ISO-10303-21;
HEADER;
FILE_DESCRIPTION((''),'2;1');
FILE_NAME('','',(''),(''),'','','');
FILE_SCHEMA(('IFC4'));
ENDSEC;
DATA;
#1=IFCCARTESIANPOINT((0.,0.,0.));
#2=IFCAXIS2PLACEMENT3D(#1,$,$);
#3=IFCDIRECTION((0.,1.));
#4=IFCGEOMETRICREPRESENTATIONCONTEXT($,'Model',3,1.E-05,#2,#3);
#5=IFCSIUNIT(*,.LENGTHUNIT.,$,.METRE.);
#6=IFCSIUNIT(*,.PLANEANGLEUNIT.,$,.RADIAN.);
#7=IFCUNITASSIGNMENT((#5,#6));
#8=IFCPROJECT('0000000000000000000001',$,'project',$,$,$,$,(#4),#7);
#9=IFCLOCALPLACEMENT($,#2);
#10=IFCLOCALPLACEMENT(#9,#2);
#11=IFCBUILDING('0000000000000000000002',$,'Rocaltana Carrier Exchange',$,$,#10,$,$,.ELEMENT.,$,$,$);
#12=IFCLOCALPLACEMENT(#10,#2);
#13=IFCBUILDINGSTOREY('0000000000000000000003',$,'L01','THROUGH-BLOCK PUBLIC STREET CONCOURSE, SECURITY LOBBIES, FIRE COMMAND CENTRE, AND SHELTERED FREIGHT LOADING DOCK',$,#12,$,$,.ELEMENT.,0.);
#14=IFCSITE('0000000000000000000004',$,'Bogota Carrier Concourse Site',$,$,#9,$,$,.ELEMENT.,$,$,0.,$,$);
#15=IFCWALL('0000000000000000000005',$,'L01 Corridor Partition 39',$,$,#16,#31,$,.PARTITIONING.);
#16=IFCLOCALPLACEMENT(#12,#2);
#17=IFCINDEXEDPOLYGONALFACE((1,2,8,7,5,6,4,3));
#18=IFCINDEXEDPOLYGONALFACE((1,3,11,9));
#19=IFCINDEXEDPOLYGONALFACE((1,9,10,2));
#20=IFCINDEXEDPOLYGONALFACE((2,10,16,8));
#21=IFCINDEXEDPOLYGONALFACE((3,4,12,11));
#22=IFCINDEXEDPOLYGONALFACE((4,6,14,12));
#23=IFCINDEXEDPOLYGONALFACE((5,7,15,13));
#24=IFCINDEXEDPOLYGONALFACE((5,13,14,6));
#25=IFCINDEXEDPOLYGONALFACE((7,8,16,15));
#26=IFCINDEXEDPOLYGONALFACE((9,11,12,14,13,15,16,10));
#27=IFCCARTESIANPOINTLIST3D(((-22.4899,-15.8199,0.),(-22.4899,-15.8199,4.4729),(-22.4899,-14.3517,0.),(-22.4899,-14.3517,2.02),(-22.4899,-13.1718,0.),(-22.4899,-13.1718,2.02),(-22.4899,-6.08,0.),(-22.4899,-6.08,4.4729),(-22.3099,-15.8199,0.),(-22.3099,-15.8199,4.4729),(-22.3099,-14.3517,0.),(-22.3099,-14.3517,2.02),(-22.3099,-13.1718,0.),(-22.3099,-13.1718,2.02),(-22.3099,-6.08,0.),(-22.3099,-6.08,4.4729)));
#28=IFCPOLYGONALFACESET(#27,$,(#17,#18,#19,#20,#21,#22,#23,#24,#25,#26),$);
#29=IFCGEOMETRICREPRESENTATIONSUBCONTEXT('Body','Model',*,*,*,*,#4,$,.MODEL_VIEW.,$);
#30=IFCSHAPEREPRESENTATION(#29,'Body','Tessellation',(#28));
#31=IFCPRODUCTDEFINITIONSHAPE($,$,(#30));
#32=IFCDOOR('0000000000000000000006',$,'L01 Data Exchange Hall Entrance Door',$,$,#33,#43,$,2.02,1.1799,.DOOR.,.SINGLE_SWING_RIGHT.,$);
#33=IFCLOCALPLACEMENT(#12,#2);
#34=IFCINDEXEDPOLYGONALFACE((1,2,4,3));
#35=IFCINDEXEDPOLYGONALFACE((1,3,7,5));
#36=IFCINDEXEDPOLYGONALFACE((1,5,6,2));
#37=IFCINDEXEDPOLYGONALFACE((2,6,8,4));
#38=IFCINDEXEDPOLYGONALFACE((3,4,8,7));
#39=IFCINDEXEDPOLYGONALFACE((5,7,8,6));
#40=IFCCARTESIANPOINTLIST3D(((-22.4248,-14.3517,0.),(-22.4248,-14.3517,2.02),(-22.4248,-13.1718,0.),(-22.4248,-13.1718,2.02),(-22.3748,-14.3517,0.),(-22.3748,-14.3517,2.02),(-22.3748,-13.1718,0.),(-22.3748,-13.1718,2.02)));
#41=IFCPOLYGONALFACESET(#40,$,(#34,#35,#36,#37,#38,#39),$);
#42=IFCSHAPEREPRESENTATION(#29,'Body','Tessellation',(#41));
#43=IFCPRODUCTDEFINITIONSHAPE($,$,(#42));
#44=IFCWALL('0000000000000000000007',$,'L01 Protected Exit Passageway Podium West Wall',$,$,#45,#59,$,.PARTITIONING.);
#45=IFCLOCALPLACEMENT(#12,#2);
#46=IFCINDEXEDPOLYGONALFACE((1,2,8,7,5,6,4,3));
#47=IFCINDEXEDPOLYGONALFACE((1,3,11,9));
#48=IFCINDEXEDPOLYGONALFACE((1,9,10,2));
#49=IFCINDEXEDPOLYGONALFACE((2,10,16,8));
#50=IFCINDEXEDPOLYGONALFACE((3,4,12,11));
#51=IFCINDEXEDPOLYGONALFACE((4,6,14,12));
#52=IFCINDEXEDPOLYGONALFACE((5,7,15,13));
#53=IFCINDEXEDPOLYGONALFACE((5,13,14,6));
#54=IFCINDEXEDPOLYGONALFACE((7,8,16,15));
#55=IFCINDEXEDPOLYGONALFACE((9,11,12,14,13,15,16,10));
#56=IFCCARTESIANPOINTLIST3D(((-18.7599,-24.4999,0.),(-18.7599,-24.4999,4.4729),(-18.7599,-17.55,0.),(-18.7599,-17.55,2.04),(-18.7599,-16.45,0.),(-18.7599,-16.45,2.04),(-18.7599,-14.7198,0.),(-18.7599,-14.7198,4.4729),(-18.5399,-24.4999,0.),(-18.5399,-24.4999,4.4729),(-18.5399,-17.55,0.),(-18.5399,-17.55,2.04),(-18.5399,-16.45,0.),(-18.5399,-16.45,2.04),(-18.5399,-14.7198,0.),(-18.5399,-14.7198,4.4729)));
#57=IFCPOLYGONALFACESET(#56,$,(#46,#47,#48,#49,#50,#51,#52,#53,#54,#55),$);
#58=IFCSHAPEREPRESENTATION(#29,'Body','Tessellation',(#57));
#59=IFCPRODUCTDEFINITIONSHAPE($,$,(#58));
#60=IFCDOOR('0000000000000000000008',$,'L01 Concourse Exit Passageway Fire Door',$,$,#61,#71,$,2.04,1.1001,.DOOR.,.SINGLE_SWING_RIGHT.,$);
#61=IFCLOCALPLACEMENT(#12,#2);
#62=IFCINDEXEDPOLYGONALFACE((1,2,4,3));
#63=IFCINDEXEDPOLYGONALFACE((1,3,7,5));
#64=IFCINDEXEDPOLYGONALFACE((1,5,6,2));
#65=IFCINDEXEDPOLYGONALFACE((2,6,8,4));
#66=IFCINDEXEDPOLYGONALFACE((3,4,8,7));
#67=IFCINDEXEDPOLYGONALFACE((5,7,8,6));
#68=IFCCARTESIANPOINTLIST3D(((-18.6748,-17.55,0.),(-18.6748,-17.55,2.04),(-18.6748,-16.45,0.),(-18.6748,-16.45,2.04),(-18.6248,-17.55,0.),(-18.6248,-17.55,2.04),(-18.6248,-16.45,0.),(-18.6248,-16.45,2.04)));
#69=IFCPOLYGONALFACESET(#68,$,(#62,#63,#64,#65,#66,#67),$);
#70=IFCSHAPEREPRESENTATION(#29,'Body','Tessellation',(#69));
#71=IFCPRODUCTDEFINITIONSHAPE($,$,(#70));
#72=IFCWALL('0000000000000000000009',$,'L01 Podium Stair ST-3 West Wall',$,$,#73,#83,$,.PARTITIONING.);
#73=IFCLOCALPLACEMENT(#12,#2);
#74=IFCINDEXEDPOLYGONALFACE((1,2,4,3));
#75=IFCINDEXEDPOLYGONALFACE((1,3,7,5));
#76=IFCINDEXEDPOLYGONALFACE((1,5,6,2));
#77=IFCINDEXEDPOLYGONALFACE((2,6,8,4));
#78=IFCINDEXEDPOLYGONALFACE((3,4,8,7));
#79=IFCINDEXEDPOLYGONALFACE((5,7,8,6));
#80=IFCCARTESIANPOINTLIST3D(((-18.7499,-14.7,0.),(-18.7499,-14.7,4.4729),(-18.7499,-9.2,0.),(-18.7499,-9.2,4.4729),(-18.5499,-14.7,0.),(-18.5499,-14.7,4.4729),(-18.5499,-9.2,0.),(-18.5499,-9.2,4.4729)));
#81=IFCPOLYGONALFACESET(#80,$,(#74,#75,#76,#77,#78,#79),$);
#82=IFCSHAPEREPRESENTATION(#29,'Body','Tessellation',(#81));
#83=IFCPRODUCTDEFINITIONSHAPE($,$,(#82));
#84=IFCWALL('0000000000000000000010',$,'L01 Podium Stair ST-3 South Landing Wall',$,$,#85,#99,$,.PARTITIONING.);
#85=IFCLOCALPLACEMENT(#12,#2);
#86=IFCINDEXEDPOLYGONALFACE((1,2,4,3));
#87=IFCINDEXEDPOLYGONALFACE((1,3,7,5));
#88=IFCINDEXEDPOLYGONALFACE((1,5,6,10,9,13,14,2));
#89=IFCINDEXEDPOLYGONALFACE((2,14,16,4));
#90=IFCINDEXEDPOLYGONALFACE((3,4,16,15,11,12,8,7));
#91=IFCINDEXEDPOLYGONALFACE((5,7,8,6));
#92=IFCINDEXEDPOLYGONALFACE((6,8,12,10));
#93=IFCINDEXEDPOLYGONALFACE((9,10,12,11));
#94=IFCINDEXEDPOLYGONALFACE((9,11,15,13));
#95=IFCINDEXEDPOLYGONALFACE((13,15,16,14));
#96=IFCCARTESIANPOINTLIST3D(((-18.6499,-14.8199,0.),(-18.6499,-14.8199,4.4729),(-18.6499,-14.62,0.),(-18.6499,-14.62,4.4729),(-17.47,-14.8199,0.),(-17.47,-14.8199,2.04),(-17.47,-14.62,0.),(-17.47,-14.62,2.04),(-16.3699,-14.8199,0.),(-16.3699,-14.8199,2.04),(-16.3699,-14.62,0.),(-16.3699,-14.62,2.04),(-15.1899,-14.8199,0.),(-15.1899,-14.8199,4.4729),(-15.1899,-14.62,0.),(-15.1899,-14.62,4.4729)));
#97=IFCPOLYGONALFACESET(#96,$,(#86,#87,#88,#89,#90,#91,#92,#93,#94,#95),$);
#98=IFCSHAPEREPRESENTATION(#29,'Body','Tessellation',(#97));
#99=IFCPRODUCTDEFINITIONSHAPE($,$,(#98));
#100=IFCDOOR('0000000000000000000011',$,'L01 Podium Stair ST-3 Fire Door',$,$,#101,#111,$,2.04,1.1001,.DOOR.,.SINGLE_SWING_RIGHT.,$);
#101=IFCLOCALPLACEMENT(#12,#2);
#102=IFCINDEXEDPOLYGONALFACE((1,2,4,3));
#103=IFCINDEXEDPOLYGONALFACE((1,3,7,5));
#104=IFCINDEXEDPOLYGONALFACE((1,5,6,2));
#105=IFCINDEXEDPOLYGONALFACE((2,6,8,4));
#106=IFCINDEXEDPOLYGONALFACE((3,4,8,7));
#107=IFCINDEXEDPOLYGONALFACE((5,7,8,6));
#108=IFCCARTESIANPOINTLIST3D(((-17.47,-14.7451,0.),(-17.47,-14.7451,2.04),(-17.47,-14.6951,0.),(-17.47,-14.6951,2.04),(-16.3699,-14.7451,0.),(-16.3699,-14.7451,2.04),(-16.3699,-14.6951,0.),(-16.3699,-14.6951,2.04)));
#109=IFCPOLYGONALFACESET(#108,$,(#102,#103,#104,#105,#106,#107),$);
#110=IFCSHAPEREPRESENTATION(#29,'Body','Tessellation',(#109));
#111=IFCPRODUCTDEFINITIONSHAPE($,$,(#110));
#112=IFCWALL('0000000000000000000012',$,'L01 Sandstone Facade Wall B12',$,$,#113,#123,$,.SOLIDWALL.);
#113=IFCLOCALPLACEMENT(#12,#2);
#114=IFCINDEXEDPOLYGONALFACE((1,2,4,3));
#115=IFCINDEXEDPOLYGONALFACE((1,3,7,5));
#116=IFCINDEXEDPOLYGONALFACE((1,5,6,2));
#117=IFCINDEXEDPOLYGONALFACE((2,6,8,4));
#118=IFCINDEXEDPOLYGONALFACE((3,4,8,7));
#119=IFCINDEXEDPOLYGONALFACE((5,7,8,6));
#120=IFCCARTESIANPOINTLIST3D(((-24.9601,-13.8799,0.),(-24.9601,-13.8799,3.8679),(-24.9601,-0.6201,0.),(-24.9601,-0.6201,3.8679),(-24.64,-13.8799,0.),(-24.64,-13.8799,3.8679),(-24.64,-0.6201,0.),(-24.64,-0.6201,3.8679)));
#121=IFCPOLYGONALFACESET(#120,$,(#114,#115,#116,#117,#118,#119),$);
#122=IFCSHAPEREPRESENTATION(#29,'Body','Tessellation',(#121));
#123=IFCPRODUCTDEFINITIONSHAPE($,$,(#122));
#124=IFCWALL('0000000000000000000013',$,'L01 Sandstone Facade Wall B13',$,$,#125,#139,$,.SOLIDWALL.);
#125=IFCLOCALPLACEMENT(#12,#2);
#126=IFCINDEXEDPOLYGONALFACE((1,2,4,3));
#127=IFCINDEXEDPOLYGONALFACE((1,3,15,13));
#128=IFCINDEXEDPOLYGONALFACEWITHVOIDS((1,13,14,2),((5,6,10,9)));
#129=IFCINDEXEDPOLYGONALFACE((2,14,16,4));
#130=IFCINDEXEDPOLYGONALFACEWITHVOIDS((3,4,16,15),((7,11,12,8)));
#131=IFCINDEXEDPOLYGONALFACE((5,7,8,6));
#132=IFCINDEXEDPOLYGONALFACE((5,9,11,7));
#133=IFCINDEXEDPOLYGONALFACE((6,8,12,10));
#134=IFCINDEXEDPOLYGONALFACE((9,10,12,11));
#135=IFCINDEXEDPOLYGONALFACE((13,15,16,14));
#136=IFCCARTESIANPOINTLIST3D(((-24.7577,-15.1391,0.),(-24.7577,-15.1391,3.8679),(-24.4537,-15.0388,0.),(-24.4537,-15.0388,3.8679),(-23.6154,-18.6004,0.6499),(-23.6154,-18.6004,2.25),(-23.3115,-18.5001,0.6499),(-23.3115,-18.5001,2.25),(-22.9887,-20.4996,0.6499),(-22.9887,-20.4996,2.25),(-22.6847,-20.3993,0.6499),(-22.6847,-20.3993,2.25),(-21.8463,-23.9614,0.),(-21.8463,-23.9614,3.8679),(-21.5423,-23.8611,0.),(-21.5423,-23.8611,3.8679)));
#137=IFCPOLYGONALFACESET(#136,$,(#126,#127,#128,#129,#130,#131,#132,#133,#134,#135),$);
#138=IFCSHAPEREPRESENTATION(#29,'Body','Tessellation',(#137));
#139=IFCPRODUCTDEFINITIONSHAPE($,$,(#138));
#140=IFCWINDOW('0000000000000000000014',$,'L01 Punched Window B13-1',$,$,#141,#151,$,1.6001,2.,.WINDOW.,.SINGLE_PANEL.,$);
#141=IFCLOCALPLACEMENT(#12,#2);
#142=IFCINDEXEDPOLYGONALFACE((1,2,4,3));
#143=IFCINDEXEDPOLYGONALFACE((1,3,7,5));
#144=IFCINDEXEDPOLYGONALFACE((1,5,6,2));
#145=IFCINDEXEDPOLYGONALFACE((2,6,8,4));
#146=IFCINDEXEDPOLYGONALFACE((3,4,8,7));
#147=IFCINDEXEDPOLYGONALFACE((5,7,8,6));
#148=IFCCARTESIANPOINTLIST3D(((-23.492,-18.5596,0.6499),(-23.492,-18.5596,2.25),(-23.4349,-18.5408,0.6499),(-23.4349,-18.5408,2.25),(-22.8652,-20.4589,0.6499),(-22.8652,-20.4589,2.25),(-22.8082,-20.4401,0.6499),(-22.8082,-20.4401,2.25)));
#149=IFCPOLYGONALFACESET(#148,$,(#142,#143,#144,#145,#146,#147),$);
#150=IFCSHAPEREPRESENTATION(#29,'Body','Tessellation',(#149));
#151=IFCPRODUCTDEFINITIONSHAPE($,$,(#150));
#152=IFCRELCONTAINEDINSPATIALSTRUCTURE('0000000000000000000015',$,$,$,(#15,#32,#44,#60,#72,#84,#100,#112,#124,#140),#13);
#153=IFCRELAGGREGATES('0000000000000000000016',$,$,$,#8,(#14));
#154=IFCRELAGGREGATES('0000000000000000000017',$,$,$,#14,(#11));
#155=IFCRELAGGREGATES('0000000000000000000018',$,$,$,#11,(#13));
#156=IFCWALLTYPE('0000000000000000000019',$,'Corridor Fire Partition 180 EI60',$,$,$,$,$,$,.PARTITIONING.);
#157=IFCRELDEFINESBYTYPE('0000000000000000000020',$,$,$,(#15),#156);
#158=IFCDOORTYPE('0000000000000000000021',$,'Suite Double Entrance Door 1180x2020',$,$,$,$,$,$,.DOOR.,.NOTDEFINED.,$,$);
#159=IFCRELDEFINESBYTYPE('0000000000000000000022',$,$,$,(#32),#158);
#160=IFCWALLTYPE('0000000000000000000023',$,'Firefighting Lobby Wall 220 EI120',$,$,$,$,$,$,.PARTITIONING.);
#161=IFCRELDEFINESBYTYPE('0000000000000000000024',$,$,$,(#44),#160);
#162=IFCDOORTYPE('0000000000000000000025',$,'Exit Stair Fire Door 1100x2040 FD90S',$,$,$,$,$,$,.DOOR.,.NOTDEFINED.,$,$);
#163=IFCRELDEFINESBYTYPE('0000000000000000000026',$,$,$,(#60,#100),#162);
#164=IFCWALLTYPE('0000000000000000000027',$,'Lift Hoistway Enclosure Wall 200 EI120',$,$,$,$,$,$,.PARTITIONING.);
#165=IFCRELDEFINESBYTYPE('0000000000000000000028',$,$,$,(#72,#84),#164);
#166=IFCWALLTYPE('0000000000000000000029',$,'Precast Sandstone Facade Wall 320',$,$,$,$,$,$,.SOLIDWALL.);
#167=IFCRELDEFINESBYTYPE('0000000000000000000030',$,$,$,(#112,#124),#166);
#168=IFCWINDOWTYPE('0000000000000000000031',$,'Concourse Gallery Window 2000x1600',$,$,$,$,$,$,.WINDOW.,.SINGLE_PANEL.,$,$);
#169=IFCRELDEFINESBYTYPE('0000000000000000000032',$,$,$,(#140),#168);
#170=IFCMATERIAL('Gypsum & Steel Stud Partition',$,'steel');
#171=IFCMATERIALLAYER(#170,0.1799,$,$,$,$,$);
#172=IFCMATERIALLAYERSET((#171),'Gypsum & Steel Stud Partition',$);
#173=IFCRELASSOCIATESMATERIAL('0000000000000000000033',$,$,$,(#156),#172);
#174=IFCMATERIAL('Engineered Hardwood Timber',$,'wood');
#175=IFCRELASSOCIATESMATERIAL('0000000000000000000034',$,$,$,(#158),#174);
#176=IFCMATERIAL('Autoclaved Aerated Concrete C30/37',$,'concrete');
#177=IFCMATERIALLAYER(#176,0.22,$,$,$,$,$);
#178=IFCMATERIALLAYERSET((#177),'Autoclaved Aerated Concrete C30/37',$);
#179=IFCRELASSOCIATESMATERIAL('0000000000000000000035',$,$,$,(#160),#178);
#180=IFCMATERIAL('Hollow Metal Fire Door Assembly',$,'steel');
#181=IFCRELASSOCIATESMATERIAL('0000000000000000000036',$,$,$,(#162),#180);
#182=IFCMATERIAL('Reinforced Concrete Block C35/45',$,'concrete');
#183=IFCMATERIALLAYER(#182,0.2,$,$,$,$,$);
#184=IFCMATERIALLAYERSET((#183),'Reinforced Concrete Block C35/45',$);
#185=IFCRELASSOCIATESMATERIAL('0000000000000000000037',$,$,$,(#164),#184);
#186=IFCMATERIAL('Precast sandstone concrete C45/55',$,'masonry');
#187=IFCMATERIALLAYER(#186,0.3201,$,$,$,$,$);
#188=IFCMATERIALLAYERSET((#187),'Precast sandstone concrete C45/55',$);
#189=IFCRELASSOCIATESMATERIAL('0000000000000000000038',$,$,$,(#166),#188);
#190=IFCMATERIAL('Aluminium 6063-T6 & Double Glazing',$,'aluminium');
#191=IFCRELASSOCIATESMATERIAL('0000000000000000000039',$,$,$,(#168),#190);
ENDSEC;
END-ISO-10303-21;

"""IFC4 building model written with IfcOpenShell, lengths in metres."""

from ifc_helpers import new_model, si_unit, direction, frame, frame_2d, origin, place, context, subcontext, project, spatial, rectangle, extrude, material, layer, layer_set, type_object, element, fill, save


model = new_model("IFC4")

# Units and contexts
model_context = context("Model", 3, precision=1e-05, world=origin(), true_north=direction((0.0, 1.0)))
body_context = subcontext(model_context, "Body", "Model", "MODEL_VIEW")
ifc_project = project(units=[si_unit("LENGTHUNIT", "METRE"), si_unit("PLANEANGLEUNIT", "RADIAN")], contexts=[model_context])

# Site, building, storey
site_placement = place(None, origin())
site = spatial("IfcSite", under=ifc_project, at=site_placement, Name="Bogota Carrier Concourse Site", CompositionType="ELEMENT", RefElevation=0.0)
building_placement = place(site_placement, origin())
building = spatial("IfcBuilding", under=site, at=building_placement, Name="Rocaltana Carrier Exchange", CompositionType="ELEMENT")
storey_placement = place(building_placement, origin())
storey = spatial("IfcBuildingStorey", under=building, at=storey_placement, Name="L01", Description="THROUGH-BLOCK PUBLIC STREET CONCOURSE, SECURITY LOBBIES, FIRE COMMAND CENTRE, AND SHELTERED FREIGHT LOADING DOCK", CompositionType="ELEMENT", Elevation=0.0)

# Shared definitions
ifc_material_1 = material(Name="Gypsum & Steel Stud Partition", Category="steel")
ifc_layer_1 = layer(ifc_material_1, 0.1799)
ifc_layer_set_1 = layer_set([ifc_layer_1], Name="Gypsum & Steel Stud Partition")
wall_type_1 = type_object("IfcWallType", Name="Corridor Fire Partition 180 EI60", PredefinedType="PARTITIONING", material=ifc_layer_set_1)

# Walls, openings, doors
wall_1_placement = place(storey_placement, frame((-22.3999, -15.8201, 0.0), z_axis=(0.0, 0.0, 1.0), x_axis=(0.0, 1.0, 0.0)))
wall_1 = element("IfcWall", 1, at=wall_1_placement, inside=storey, type_object=wall_type_1, Name="L01 Corridor Partition 39", PredefinedType="PARTITIONING", context=body_context, shape_type="SweptSolid", body=[
    extrude(rectangle(XDim=9.74, YDim=0.1799, at=frame_2d((4.8701, 0.0))), origin(), (0.0, 0.0, 1.0), 4.4729),
])
opening_1_placement = place(wall_1_placement, frame((1.4685, 0.0, 0.0)))
opening_1 = element("IfcOpeningElement", 2, at=opening_1_placement, cuts=wall_1, PredefinedType="OPENING", context=body_context, shape_type="SweptSolid", body=[
    extrude(rectangle(XDim=1.1799, YDim=2.02, at=frame_2d((0.5898, 1.01))), frame((0.0, 0.0999, 0.0), z_axis=(0.0, -1.0, 0.0), x_axis=(1.0, 0.0, 0.0)), (0.0, 0.0, 1.0), 0.2),
])
ifc_material_2 = material(Name="Engineered Hardwood Timber", Category="wood")
door_type_1 = type_object("IfcDoorType", Name="Suite Double Entrance Door 1180x2020", OperationType="NOTDEFINED", PredefinedType="DOOR", material=ifc_material_2)
door_1_placement = place(opening_1_placement, origin())
door_1 = element("IfcDoor", 3, at=door_1_placement, inside=storey, type_object=door_type_1, Name="L01 Data Exchange Hall Entrance Door", OperationType="SINGLE_SWING_RIGHT", OverallHeight=2.02, OverallWidth=1.1799, PredefinedType="DOOR", context=body_context, shape_type="SweptSolid", body=[
    extrude(rectangle(XDim=1.1799, YDim=2.02, at=frame_2d((0.5898, 1.01))), frame((0.0, 0.0249, 0.0), z_axis=(0.0, -1.0, 0.0), x_axis=(1.0, 0.0, 0.0)), (0.0, 0.0, 1.0), 0.05),
])
fill(opening_1, door_1)
ifc_material_3 = material(Name="Autoclaved Aerated Concrete C30/37", Category="concrete")
ifc_layer_2 = layer(ifc_material_3, 0.22)
ifc_layer_set_2 = layer_set([ifc_layer_2], Name="Autoclaved Aerated Concrete C30/37")
wall_type_2 = type_object("IfcWallType", Name="Firefighting Lobby Wall 220 EI120", PredefinedType="PARTITIONING", material=ifc_layer_set_2)
wall_2_placement = place(storey_placement, frame((-18.6499, -24.5, 0.0), z_axis=(0.0, 0.0, 1.0), x_axis=(0.0, 1.0, 0.0)))
wall_2 = element("IfcWall", 4, at=wall_2_placement, inside=storey, type_object=wall_type_2, Name="L01 Protected Exit Passageway Podium West Wall", PredefinedType="PARTITIONING", context=body_context, shape_type="SweptSolid", body=[
    extrude(rectangle(XDim=9.78, YDim=0.22, at=frame_2d((4.8901, 0.0))), origin(), (0.0, 0.0, 1.0), 4.4729),
])
opening_2_placement = place(wall_2_placement, frame((6.95, 0.0, 0.0)))
opening_2 = element("IfcOpeningElement", 5, at=opening_2_placement, cuts=wall_2, PredefinedType="OPENING", context=body_context, shape_type="SweptSolid", body=[
    extrude(rectangle(XDim=1.1001, YDim=2.04, at=frame_2d((0.55, 1.02))), frame((0.0, 0.1199, 0.0), z_axis=(0.0, -1.0, 0.0), x_axis=(1.0, 0.0, 0.0)), (0.0, 0.0, 1.0), 0.24),
])
ifc_material_4 = material(Name="Hollow Metal Fire Door Assembly", Category="steel")
door_type_2 = type_object("IfcDoorType", Name="Exit Stair Fire Door 1100x2040 FD90S", OperationType="NOTDEFINED", PredefinedType="DOOR", material=ifc_material_4)
door_2_placement = place(opening_2_placement, origin())
door_2 = element("IfcDoor", 6, at=door_2_placement, inside=storey, type_object=door_type_2, Name="L01 Concourse Exit Passageway Fire Door", OperationType="SINGLE_SWING_RIGHT", OverallHeight=2.04, OverallWidth=1.1001, PredefinedType="DOOR", context=body_context, shape_type="SweptSolid", body=[
    extrude(rectangle(XDim=1.1001, YDim=2.04, at=frame_2d((0.55, 1.02))), frame((0.0, 0.0249, 0.0), z_axis=(0.0, -1.0, 0.0), x_axis=(1.0, 0.0, 0.0)), (0.0, 0.0, 1.0), 0.05),
])
fill(opening_2, door_2)

# Wall
ifc_material_5 = material(Name="Reinforced Concrete Block C35/45", Category="concrete")
ifc_layer_3 = layer(ifc_material_5, 0.2)
ifc_layer_set_3 = layer_set([ifc_layer_3], Name="Reinforced Concrete Block C35/45")
wall_type_3 = type_object("IfcWallType", Name="Lift Hoistway Enclosure Wall 200 EI120", PredefinedType="PARTITIONING", material=ifc_layer_set_3)
wall_3_placement = place(storey_placement, frame((-18.6499, -14.7, 0.0), z_axis=(0.0, 0.0, 1.0), x_axis=(0.0, 1.0, 0.0)))
element("IfcWall", 7, at=wall_3_placement, inside=storey, type_object=wall_type_3, Name="L01 Podium Stair ST-3 West Wall", PredefinedType="PARTITIONING", context=body_context, shape_type="SweptSolid", body=[
    extrude(rectangle(XDim=5.5, YDim=0.2, at=frame_2d((2.75, 0.0))), origin(), (0.0, 0.0, 1.0), 4.4729),
])

# Wall, opening, door
wall_4_placement = place(storey_placement, frame((-18.6499, -14.72, 0.0), z_axis=(0.0, 0.0, 1.0), x_axis=(1.0, 0.0, 0.0)))
wall_4 = element("IfcWall", 8, at=wall_4_placement, inside=storey, type_object=wall_type_3, Name="L01 Podium Stair ST-3 South Landing Wall", PredefinedType="PARTITIONING", context=body_context, shape_type="SweptSolid", body=[
    extrude(rectangle(XDim=3.46, YDim=0.2, at=frame_2d((1.73, 0.0))), origin(), (0.0, 0.0, 1.0), 4.4729),
])
opening_3_placement = place(wall_4_placement, frame((1.1799, 0.0, 0.0)))
opening_3 = element("IfcOpeningElement", 9, at=opening_3_placement, cuts=wall_4, PredefinedType="OPENING", context=body_context, shape_type="SweptSolid", body=[
    extrude(rectangle(XDim=1.1001, YDim=2.04, at=frame_2d((0.55, 1.02))), frame((0.0, 0.1099, 0.0), z_axis=(0.0, -1.0, 0.0), x_axis=(1.0, 0.0, 0.0)), (0.0, 0.0, 1.0), 0.22),
])
door_3_placement = place(opening_3_placement, origin())
door_3 = element("IfcDoor", 10, at=door_3_placement, inside=storey, type_object=door_type_2, Name="L01 Podium Stair ST-3 Fire Door", OperationType="SINGLE_SWING_RIGHT", OverallHeight=2.04, OverallWidth=1.1001, PredefinedType="DOOR", context=body_context, shape_type="SweptSolid", body=[
    extrude(rectangle(XDim=1.1001, YDim=2.04, at=frame_2d((0.55, 1.02))), frame((0.0, 0.0249, 0.0), z_axis=(0.0, -1.0, 0.0), x_axis=(1.0, 0.0, 0.0)), (0.0, 0.0, 1.0), 0.05),
])
fill(opening_3, door_3)

# Wall
ifc_material_6 = material(Name="Precast sandstone concrete C45/55", Category="masonry")
ifc_layer_4 = layer(ifc_material_6, 0.3201)
ifc_layer_set_4 = layer_set([ifc_layer_4], Name="Precast sandstone concrete C45/55")
wall_type_4 = type_object("IfcWallType", Name="Precast Sandstone Facade Wall 320", PredefinedType="SOLIDWALL", material=ifc_layer_set_4)
wall_5_placement = place(storey_placement, frame((-24.8, -13.8799, 0.0), z_axis=(0.0, 0.0, 1.0), x_axis=(0.0, 1.0, 0.0)))
element("IfcWall", 11, at=wall_5_placement, inside=storey, type_object=wall_type_4, Name="L01 Sandstone Facade Wall B12", PredefinedType="SOLIDWALL", context=body_context, shape_type="SweptSolid", body=[
    extrude(rectangle(XDim=13.2598, YDim=0.3201, at=frame_2d((6.6299, 0.0))), origin(), (0.0, 0.0, 1.0), 3.8679),
])

# Wall, opening, window
wall_6_placement = place(storey_placement, frame((-21.6943, -23.9111, 0.0), z_axis=(0.0, 0.0, 1.0), x_axis=(-0.31338, 0.949628, 0.0)))
wall_6 = element("IfcWall", 12, at=wall_6_placement, inside=storey, type_object=wall_type_4, Name="L01 Sandstone Facade Wall B13", PredefinedType="SOLIDWALL", context=body_context, shape_type="SweptSolid", body=[
    extrude(rectangle(XDim=9.2903, YDim=0.3201, at=frame_2d((4.645, 0.0))), origin(), (0.0, 0.0, 1.0), 3.8679),
])
opening_4_placement = place(wall_6_placement, frame((3.6453, 0.0, 0.6499)))
opening_4 = element("IfcOpeningElement", 13, at=opening_4_placement, cuts=wall_6, PredefinedType="OPENING", context=body_context, shape_type="SweptSolid", body=[
    extrude(rectangle(XDim=2.0, YDim=1.6001, at=frame_2d((1.0, 0.8))), frame((0.0, 0.1699, 0.0), z_axis=(0.0, -1.0, 0.0), x_axis=(1.0, 0.0, 0.0)), (0.0, 0.0, 1.0), 0.3401),
])
ifc_material_7 = material(Name="Aluminium 6063-T6 & Double Glazing", Category="aluminium")
window_type = type_object("IfcWindowType", Name="Concourse Gallery Window 2000x1600", PartitioningType="SINGLE_PANEL", PredefinedType="WINDOW", material=ifc_material_7)
window_placement = place(opening_4_placement, origin())
window = element("IfcWindow", 14, at=window_placement, inside=storey, type_object=window_type, Name="L01 Punched Window B13-1", OverallHeight=1.6001, OverallWidth=2.0, PartitioningType="SINGLE_PANEL", PredefinedType="WINDOW", context=body_context, shape_type="SweptSolid", body=[
    extrude(rectangle(XDim=2.0, YDim=1.6001, at=frame_2d((1.0, 0.8))), frame((0.0, 0.03, 0.0), z_axis=(0.0, -1.0, 0.0), x_axis=(1.0, 0.0, 0.0)), (0.0, 0.0, 1.0), 0.0601),
])
fill(opening_4, window)

save(model, "model.ifc")
